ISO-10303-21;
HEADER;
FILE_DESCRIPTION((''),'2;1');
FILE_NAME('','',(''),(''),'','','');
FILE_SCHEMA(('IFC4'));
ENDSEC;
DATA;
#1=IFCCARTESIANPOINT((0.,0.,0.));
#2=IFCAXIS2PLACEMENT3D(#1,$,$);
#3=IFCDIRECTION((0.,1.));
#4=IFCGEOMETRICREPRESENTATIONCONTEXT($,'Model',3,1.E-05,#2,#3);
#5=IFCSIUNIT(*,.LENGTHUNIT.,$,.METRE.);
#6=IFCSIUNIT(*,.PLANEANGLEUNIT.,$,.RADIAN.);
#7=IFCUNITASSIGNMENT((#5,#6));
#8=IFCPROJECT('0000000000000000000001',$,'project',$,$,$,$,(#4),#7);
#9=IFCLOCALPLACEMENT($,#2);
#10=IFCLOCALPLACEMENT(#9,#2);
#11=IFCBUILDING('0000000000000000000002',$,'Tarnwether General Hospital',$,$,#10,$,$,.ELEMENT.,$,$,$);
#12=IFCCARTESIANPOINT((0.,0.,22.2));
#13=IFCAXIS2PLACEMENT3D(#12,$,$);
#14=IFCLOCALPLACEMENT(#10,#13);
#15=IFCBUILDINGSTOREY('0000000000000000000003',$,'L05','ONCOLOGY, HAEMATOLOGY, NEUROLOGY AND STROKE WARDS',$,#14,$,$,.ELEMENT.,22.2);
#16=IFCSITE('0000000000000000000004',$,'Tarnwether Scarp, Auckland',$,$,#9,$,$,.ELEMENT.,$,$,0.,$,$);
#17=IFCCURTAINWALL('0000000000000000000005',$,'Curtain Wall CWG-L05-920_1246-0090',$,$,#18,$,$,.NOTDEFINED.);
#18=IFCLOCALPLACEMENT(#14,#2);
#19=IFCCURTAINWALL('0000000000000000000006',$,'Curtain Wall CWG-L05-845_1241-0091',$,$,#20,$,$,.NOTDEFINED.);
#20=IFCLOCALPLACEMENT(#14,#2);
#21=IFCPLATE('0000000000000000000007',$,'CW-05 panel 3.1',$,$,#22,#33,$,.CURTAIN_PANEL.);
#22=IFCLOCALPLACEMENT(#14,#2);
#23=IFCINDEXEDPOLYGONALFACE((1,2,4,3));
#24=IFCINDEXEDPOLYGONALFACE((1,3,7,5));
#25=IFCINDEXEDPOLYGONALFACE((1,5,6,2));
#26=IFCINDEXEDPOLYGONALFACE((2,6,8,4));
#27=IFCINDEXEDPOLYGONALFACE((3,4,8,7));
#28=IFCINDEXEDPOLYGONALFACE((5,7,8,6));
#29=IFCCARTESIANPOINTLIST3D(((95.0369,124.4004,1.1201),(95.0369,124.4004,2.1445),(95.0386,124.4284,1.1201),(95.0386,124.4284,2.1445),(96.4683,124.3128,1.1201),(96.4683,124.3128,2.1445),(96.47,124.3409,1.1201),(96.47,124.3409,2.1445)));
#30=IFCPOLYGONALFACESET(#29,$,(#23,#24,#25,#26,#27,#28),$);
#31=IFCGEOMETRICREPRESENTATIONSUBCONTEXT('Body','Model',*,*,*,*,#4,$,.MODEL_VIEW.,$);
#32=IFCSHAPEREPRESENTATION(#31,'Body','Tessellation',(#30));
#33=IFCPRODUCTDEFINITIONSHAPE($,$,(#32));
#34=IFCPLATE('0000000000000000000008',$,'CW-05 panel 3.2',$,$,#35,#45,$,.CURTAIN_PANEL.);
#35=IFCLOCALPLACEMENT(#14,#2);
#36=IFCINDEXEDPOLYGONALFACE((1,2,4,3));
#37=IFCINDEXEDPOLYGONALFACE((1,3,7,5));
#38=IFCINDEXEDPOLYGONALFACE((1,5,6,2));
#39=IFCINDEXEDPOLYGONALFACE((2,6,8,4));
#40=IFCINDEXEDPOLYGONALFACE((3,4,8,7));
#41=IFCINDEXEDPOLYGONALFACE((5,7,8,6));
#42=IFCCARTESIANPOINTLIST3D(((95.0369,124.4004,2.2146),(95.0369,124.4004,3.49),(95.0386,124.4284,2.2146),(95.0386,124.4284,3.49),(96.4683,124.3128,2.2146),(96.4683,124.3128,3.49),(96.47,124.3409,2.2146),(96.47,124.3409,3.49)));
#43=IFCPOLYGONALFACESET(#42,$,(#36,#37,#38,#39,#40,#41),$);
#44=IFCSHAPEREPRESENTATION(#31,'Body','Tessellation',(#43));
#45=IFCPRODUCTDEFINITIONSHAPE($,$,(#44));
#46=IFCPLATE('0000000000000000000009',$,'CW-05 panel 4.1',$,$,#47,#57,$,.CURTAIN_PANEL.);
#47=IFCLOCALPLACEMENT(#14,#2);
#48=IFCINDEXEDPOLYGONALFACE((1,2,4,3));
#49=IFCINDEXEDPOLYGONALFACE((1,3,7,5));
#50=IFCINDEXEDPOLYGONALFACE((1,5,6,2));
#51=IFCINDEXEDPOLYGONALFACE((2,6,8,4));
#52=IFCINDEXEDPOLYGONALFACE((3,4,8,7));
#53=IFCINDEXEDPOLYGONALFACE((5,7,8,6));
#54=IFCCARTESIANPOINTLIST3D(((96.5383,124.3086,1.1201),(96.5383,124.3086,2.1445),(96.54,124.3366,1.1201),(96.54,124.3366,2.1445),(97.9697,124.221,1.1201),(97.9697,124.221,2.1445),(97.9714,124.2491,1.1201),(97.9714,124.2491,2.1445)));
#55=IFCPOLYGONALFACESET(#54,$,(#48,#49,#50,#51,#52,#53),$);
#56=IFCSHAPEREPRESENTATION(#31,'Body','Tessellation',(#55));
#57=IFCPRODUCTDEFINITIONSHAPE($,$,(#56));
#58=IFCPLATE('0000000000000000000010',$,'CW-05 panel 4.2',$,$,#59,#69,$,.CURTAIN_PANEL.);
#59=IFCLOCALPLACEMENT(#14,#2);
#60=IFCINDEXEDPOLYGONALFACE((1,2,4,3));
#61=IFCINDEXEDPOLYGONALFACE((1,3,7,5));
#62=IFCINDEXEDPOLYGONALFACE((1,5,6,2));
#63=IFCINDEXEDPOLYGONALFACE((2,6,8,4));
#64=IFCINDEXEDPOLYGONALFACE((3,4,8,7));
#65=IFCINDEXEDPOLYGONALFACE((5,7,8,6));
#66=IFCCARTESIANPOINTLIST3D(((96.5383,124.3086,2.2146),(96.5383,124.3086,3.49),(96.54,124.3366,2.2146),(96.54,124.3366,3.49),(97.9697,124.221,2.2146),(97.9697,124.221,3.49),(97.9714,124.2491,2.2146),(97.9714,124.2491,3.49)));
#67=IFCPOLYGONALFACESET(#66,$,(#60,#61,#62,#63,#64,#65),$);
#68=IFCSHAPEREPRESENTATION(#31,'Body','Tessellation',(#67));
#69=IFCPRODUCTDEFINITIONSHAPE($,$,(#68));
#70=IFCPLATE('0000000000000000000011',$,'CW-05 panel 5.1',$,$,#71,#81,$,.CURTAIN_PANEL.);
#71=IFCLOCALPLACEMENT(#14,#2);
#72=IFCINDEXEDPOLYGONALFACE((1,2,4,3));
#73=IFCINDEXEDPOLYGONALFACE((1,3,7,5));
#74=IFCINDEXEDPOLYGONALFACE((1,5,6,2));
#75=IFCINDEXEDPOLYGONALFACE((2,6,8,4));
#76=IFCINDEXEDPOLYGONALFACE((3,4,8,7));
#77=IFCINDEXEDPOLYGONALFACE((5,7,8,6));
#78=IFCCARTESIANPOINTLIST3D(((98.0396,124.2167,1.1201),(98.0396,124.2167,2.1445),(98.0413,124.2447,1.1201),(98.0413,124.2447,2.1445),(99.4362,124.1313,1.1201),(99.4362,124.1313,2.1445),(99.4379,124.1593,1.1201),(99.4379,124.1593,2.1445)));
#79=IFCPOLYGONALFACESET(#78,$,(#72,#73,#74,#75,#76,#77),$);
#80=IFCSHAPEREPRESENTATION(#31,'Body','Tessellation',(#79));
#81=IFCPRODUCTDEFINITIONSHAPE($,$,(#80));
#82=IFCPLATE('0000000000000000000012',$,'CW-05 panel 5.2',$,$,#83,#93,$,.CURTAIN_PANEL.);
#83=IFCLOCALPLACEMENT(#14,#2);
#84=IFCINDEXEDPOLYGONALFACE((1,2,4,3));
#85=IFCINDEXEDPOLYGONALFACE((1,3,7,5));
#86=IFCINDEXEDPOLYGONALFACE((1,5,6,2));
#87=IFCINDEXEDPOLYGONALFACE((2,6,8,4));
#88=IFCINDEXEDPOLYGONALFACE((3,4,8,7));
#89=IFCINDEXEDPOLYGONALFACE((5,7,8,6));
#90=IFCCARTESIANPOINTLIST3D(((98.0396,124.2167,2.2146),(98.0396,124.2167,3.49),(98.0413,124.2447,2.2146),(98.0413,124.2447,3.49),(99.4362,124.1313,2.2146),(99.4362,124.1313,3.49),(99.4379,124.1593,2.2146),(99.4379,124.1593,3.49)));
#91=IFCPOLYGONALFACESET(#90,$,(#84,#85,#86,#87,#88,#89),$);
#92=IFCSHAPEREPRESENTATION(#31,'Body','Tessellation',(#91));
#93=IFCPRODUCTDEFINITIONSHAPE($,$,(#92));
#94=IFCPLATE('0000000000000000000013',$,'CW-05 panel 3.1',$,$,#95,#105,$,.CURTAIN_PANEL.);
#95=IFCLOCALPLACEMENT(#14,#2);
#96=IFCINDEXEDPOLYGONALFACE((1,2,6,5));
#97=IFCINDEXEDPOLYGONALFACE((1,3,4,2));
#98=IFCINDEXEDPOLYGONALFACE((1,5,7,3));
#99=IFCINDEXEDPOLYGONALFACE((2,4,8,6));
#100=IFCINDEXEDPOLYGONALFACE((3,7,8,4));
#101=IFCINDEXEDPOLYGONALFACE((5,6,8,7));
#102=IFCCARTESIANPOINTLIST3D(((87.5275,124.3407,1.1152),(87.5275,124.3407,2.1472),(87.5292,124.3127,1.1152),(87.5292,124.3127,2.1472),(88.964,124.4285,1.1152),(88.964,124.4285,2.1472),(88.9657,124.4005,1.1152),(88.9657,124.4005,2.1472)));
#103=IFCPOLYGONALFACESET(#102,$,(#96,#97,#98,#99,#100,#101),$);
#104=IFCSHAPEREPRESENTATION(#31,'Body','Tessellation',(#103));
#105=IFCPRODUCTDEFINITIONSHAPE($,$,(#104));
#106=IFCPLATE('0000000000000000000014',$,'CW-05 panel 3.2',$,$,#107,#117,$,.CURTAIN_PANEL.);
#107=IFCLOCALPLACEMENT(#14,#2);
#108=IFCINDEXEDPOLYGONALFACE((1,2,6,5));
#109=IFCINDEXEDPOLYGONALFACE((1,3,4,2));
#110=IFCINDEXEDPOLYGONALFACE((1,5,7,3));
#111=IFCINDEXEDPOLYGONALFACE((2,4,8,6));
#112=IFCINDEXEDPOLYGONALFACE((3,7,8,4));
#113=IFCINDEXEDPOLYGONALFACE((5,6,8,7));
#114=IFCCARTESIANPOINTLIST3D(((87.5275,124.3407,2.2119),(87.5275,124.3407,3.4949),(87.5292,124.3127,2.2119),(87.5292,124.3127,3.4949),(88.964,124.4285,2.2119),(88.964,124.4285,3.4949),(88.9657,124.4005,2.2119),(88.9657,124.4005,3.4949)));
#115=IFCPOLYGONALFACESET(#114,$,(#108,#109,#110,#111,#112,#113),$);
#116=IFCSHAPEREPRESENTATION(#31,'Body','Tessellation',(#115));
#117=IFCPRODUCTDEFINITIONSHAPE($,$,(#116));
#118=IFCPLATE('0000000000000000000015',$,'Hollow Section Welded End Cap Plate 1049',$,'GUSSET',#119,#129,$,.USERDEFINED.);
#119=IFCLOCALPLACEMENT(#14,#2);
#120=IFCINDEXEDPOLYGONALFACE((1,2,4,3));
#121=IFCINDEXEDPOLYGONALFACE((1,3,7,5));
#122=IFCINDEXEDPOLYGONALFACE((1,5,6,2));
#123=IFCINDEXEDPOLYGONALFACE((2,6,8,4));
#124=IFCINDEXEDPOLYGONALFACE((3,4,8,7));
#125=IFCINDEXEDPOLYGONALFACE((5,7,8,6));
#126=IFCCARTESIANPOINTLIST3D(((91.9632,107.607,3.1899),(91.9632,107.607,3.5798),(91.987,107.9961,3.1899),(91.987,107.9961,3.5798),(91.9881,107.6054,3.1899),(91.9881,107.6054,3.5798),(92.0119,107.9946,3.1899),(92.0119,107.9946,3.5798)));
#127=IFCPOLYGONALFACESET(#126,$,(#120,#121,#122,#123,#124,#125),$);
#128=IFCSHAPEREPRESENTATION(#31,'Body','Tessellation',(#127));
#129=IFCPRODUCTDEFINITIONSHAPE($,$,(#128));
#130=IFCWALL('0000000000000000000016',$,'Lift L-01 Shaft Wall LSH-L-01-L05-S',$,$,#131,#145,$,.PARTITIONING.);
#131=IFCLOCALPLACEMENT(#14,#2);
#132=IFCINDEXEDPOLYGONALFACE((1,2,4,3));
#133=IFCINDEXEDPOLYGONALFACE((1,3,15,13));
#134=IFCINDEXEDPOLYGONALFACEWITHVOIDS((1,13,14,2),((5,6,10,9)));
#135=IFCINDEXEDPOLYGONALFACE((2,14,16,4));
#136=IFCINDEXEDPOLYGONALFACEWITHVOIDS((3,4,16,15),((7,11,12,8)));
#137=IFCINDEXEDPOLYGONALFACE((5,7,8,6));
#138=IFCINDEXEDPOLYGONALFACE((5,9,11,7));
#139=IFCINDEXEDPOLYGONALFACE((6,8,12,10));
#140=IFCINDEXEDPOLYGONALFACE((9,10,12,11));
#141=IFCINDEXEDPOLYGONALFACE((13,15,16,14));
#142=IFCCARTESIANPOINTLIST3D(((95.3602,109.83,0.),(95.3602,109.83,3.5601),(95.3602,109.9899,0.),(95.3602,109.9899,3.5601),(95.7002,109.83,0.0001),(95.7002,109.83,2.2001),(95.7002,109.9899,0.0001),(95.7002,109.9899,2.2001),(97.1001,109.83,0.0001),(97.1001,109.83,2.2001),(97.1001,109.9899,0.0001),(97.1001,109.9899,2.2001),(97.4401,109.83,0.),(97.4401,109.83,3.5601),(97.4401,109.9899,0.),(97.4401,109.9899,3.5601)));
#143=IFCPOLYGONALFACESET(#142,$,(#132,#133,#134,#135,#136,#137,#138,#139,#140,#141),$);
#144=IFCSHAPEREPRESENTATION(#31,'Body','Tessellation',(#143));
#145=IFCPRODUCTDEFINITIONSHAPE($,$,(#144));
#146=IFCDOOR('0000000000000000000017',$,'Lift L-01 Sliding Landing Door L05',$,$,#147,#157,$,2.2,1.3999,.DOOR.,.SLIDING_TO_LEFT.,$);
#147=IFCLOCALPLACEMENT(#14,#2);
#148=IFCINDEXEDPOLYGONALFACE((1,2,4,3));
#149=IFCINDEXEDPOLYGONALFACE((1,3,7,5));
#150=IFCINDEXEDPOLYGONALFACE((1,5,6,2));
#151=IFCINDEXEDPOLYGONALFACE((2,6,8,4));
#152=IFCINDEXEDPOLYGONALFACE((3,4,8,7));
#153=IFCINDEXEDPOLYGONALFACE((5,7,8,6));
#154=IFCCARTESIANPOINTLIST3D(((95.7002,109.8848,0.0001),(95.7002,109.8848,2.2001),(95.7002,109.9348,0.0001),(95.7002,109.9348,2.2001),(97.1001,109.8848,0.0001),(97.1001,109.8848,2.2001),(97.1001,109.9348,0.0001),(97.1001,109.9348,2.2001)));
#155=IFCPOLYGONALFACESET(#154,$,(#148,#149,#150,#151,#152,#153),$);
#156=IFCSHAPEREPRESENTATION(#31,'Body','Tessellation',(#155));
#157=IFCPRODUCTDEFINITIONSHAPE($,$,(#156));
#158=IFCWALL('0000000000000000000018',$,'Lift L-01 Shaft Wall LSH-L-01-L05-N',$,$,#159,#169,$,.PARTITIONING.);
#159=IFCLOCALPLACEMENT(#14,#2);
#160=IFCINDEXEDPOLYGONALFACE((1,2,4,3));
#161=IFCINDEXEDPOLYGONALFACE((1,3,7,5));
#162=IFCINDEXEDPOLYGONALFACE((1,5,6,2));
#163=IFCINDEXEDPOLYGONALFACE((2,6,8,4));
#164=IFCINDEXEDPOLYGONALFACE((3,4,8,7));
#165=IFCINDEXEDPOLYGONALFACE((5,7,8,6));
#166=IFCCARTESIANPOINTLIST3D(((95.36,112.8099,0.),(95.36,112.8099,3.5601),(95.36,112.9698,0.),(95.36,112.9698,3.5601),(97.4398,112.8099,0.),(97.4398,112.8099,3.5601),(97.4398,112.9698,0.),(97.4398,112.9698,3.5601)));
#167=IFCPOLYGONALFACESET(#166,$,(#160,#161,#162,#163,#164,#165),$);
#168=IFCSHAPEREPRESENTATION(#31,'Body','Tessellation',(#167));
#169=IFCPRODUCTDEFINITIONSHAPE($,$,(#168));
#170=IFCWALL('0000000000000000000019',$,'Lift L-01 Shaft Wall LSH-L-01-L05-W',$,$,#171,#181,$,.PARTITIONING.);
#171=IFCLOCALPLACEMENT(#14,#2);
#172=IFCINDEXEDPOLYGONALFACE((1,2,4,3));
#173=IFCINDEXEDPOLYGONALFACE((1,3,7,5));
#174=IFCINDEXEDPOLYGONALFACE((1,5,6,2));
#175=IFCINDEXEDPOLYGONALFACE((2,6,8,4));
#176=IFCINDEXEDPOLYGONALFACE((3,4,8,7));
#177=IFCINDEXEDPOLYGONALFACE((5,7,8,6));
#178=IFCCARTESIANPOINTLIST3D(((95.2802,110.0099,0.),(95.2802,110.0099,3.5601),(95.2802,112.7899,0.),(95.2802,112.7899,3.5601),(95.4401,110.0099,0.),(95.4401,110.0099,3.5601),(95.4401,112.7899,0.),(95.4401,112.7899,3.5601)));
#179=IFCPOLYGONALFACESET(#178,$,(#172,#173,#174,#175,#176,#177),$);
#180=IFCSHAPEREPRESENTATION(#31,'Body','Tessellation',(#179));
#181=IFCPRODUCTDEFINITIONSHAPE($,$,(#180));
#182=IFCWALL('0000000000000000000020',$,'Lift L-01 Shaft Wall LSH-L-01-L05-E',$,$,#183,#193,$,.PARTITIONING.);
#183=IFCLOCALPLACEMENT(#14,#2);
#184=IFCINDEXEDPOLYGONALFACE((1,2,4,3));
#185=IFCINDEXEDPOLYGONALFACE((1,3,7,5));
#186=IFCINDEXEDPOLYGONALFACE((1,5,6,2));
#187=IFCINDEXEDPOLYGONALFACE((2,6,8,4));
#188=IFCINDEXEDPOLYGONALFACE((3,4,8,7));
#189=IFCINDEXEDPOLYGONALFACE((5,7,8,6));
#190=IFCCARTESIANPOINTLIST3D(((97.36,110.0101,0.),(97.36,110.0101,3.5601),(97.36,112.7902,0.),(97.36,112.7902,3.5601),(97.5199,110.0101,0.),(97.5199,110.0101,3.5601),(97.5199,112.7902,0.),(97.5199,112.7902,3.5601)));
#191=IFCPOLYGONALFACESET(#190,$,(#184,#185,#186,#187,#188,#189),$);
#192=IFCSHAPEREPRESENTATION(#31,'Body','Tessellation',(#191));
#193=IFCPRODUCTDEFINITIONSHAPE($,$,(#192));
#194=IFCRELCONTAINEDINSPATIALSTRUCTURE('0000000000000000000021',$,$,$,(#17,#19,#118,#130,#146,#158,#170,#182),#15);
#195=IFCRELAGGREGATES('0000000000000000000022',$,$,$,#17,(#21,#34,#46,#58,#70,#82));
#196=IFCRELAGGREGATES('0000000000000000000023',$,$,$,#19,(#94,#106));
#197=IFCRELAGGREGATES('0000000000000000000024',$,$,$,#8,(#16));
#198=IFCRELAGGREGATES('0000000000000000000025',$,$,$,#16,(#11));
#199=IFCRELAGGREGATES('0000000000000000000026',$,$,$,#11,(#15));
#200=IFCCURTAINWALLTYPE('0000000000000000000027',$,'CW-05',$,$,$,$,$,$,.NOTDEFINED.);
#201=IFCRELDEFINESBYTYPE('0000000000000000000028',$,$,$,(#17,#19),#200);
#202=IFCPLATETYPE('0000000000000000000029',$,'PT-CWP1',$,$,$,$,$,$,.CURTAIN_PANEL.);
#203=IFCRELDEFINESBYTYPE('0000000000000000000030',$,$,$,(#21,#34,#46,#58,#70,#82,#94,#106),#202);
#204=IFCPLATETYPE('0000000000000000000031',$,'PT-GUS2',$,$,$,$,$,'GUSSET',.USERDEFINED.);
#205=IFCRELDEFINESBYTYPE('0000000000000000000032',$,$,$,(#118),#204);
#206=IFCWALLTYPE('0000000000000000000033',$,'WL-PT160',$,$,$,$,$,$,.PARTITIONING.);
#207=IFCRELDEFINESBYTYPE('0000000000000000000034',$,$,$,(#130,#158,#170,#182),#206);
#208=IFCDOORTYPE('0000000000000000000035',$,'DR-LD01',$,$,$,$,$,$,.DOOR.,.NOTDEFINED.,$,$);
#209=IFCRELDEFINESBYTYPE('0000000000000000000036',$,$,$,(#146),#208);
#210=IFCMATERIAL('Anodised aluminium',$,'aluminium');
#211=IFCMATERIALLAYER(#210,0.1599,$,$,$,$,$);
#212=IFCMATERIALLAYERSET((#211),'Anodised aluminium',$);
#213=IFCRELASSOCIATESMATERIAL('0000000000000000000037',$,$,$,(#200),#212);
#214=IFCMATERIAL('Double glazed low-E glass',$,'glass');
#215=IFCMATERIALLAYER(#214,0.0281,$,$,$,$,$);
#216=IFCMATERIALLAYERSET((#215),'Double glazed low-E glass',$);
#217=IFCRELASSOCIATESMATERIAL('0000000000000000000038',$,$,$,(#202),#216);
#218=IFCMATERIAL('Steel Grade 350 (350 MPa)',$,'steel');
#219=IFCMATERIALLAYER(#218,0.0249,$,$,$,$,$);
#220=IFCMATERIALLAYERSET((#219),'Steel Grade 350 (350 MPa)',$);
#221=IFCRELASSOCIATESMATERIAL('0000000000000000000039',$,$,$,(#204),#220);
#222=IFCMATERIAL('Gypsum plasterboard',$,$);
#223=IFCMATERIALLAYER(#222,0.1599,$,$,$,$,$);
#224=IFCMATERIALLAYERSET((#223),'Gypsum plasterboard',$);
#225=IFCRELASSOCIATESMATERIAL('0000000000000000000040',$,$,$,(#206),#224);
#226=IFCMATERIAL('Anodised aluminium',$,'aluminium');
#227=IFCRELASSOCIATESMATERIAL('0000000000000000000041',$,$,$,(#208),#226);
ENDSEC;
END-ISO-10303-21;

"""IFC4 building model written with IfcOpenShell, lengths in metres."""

from ifc_helpers import new_model, si_unit, direction, frame, frame_2d, origin, origin_2d, place, context, subcontext, project, spatial, rectangle, extrude, material, layer, layer_set, type_object, element, fill, aggregate, save


model = new_model("IFC4")

# Units and contexts
model_context = context("Model", 3, precision=1e-05, world=origin(), true_north=direction((0.0, 1.0)))
body_context = subcontext(model_context, "Body", "Model", "MODEL_VIEW")
ifc_project = project(units=[si_unit("LENGTHUNIT", "METRE"), si_unit("PLANEANGLEUNIT", "RADIAN")], contexts=[model_context])

# Site, building, storey
site_placement = place(None, origin())
site = spatial("IfcSite", under=ifc_project, at=site_placement, Name="Tarnwether Scarp, Auckland", CompositionType="ELEMENT", RefElevation=0.0)
building_placement = place(site_placement, origin())
building = spatial("IfcBuilding", under=site, at=building_placement, Name="Tarnwether General Hospital", CompositionType="ELEMENT")
storey_placement = place(building_placement, frame((0.0, 0.0, 22.2)))
storey = spatial("IfcBuildingStorey", under=building, at=storey_placement, Name="L05", Description="ONCOLOGY, HAEMATOLOGY, NEUROLOGY AND STROKE WARDS", CompositionType="ELEMENT", Elevation=22.2)

# Curtain walls
ifc_material_1 = material(Name="Anodised aluminium", Category="aluminium")
ifc_layer_1 = layer(ifc_material_1, 0.1599)
ifc_layer_set_1 = layer_set([ifc_layer_1], Name="Anodised aluminium")
curtain_wall_type = type_object("IfcCurtainWallType", Name="CW-05", PredefinedType="NOTDEFINED", material=ifc_layer_set_1)
curtain_wall_1_placement = place(storey_placement, origin())
curtain_wall_1 = element("IfcCurtainWall", 1, at=curtain_wall_1_placement, inside=storey, type_object=curtain_wall_type, Name="Curtain Wall CWG-L05-920_1246-0090", PredefinedType="NOTDEFINED")
curtain_wall_2_placement = place(storey_placement, origin())
curtain_wall_2 = element("IfcCurtainWall", 2, at=curtain_wall_2_placement, inside=storey, type_object=curtain_wall_type, Name="Curtain Wall CWG-L05-845_1241-0091", PredefinedType="NOTDEFINED")

# Plates
ifc_material_2 = material(Name="Double glazed low-E glass", Category="glass")
ifc_layer_2 = layer(ifc_material_2, 0.0281)
ifc_layer_set_2 = layer_set([ifc_layer_2], Name="Double glazed low-E glass")
plate_type_1 = type_object("IfcPlateType", Name="PT-CWP1", PredefinedType="CURTAIN_PANEL", material=ifc_layer_set_2)
plate_1_placement = place(storey_placement, frame((95.7534, 124.3706, 1.1201), z_axis=(0.0, 0.0, 1.0), x_axis=(0.998136, -0.061029, 0.0)))
plate_1 = element("IfcPlate", 3, at=plate_1_placement, type_object=plate_type_1, Name="CW-05 panel 3.1", PredefinedType="CURTAIN_PANEL", context=body_context, shape_type="SweptSolid", body=[
    extrude(rectangle(XDim=1.4341, YDim=0.0281, at=origin_2d()), origin(), (0.0, 0.0, 1.0), 1.0244),
])
plate_2_placement = place(storey_placement, frame((95.7534, 124.3706, 2.2146), z_axis=(0.0, 0.0, 1.0), x_axis=(0.998136, -0.061029, 0.0)))
plate_2 = element("IfcPlate", 4, at=plate_2_placement, type_object=plate_type_1, Name="CW-05 panel 3.2", PredefinedType="CURTAIN_PANEL", context=body_context, shape_type="SweptSolid", body=[
    extrude(rectangle(XDim=1.4341, YDim=0.0281, at=origin_2d()), origin(), (0.0, 0.0, 1.0), 1.2754),
])
plate_3_placement = place(storey_placement, frame((97.2549, 124.2788, 1.1201), z_axis=(0.0, 0.0, 1.0), x_axis=(0.998136, -0.061029, 0.0)))
plate_3 = element("IfcPlate", 5, at=plate_3_placement, type_object=plate_type_1, Name="CW-05 panel 4.1", PredefinedType="CURTAIN_PANEL", context=body_context, shape_type="SweptSolid", body=[
    extrude(rectangle(XDim=1.4341, YDim=0.0281, at=origin_2d()), origin(), (0.0, 0.0, 1.0), 1.0244),
])
plate_4_placement = place(storey_placement, frame((97.2549, 124.2788, 2.2146), z_axis=(0.0, 0.0, 1.0), x_axis=(0.998136, -0.061029, 0.0)))
plate_4 = element("IfcPlate", 6, at=plate_4_placement, type_object=plate_type_1, Name="CW-05 panel 4.2", PredefinedType="CURTAIN_PANEL", context=body_context, shape_type="SweptSolid", body=[
    extrude(rectangle(XDim=1.4341, YDim=0.0281, at=origin_2d()), origin(), (0.0, 0.0, 1.0), 1.2754),
])
plate_5_placement = place(storey_placement, frame((98.7388, 124.188, 1.1201), z_axis=(0.0, 0.0, 1.0), x_axis=(0.998136, -0.061029, 0.0)))
plate_5 = element("IfcPlate", 7, at=plate_5_placement, type_object=plate_type_1, Name="CW-05 panel 5.1", PredefinedType="CURTAIN_PANEL", context=body_context, shape_type="SweptSolid", body=[
    extrude(rectangle(XDim=1.3992, YDim=0.0281, at=origin_2d()), origin(), (0.0, 0.0, 1.0), 1.0244),
])
plate_6_placement = place(storey_placement, frame((98.7388, 124.188, 2.2146), z_axis=(0.0, 0.0, 1.0), x_axis=(0.998136, -0.061029, 0.0)))
plate_6 = element("IfcPlate", 8, at=plate_6_placement, type_object=plate_type_1, Name="CW-05 panel 5.2", PredefinedType="CURTAIN_PANEL", context=body_context, shape_type="SweptSolid", body=[
    extrude(rectangle(XDim=1.3992, YDim=0.0281, at=origin_2d()), origin(), (0.0, 0.0, 1.0), 1.2754),
])
aggregate(curtain_wall_1, [plate_1, plate_2, plate_3, plate_4, plate_5, plate_6])
plate_7_placement = place(storey_placement, frame((88.2466, 124.3706, 1.1152), z_axis=(0.0, 0.0, 1.0), x_axis=(0.998136, 0.061029, 0.0)))
plate_7 = element("IfcPlate", 9, at=plate_7_placement, type_object=plate_type_1, Name="CW-05 panel 3.1", PredefinedType="CURTAIN_PANEL", context=body_context, shape_type="SweptSolid", body=[
    extrude(rectangle(XDim=1.4392, YDim=0.0281, at=origin_2d()), origin(), (0.0, 0.0, 1.0), 1.032),
])
plate_8_placement = place(storey_placement, frame((88.2466, 124.3706, 2.2119), z_axis=(0.0, 0.0, 1.0), x_axis=(0.998136, 0.061029, 0.0)))
plate_8 = element("IfcPlate", 10, at=plate_8_placement, type_object=plate_type_1, Name="CW-05 panel 3.2", PredefinedType="CURTAIN_PANEL", context=body_context, shape_type="SweptSolid", body=[
    extrude(rectangle(XDim=1.4392, YDim=0.0281, at=origin_2d()), origin(), (0.0, 0.0, 1.0), 1.283),
])
aggregate(curtain_wall_2, [plate_7, plate_8])
ifc_material_3 = material(Name="Steel Grade 350 (350 MPa)", Category="steel")
ifc_layer_3 = layer(ifc_material_3, 0.0249)
ifc_layer_set_3 = layer_set([ifc_layer_3], Name="Steel Grade 350 (350 MPa)")
plate_type_2 = type_object("IfcPlateType", Name="PT-GUS2", ElementType="GUSSET", PredefinedType="USERDEFINED", material=ifc_layer_set_3)
plate_9_placement = place(storey_placement, frame((91.9875, 107.8008, 3.1899), z_axis=(0.0, 0.0, 1.0), x_axis=(0.998134, -0.061066, 0.0)))
element("IfcPlate", 11, at=plate_9_placement, inside=storey, type_object=plate_type_2, Name="Hollow Section Welded End Cap Plate 1049", ObjectType="GUSSET", PredefinedType="USERDEFINED", context=body_context, shape_type="SweptSolid", body=[
    extrude(rectangle(XDim=0.0249, YDim=0.3899, at=origin_2d()), origin(), (0.0, 0.0, 1.0), 0.3899),
])

# Wall, opening, door
ifc_material_4 = material(Name="Gypsum plasterboard")
ifc_layer_4 = layer(ifc_material_4, 0.1599)
ifc_layer_set_4 = layer_set([ifc_layer_4], Name="Gypsum plasterboard")
wall_type_1 = type_object("IfcWallType", Name="WL-PT160", PredefinedType="PARTITIONING", material=ifc_layer_set_4)
wall_1_placement = place(storey_placement, frame((95.3601, 109.9099, 0.0), z_axis=(0.0, 0.0, 1.0), x_axis=(1.0, 0.0, 0.0)))
wall_1 = element("IfcWall", 12, at=wall_1_placement, inside=storey, type_object=wall_type_1, Name="Lift L-01 Shaft Wall LSH-L-01-L05-S", PredefinedType="PARTITIONING", context=body_context, shape_type="SweptSolid", body=[
    extrude(rectangle(XDim=2.0798, YDim=0.1599, at=frame_2d((1.04, 0.0))), origin(), (0.0, 0.0, 1.0), 3.5601),
])
opening_placement = place(wall_1_placement, frame((0.3401, 0.0, 0.0)))
opening = element("IfcOpeningElement", 13, at=opening_placement, cuts=wall_1, PredefinedType="OPENING", context=body_context, shape_type="SweptSolid", body=[
    extrude(rectangle(XDim=1.3999, YDim=2.2, at=frame_2d((0.7, 1.1001))), frame((0.0, 0.0898, 0.0), z_axis=(0.0, -1.0, 0.0), x_axis=(1.0, 0.0, 0.0)), (0.0, 0.0, 1.0), 0.1799),
])
ifc_material_5 = material(Name="Anodised aluminium", Category="aluminium")
door_type = type_object("IfcDoorType", Name="DR-LD01", OperationType="NOTDEFINED", PredefinedType="DOOR", material=ifc_material_5)
door_placement = place(opening_placement, origin())
door = element("IfcDoor", 14, at=door_placement, inside=storey, type_object=door_type, Name="Lift L-01 Sliding Landing Door L05", OperationType="SLIDING_TO_LEFT", OverallHeight=2.2, OverallWidth=1.3999, PredefinedType="DOOR", context=body_context, shape_type="SweptSolid", body=[
    extrude(rectangle(XDim=1.3999, YDim=2.2, at=frame_2d((0.7, 1.1001))), frame((0.0, 0.0249, 0.0), z_axis=(0.0, -1.0, 0.0), x_axis=(1.0, 0.0, 0.0)), (0.0, 0.0, 1.0), 0.05),
])
fill(opening, door)

# Walls
wall_2_placement = place(storey_placement, frame((97.4399, 112.8899, 0.0), z_axis=(0.0, 0.0, 1.0), x_axis=(-1.0, 0.0, 0.0)))
element("IfcWall", 15, at=wall_2_placement, inside=storey, type_object=wall_type_1, Name="Lift L-01 Shaft Wall LSH-L-01-L05-N", PredefinedType="PARTITIONING", context=body_context, shape_type="SweptSolid", body=[
    extrude(rectangle(XDim=2.0798, YDim=0.1599, at=frame_2d((1.04, 0.0))), origin(), (0.0, 0.0, 1.0), 3.5601),
])
for number, where, z_axis, x_axis, name in (
    (16, (95.3601, 112.79, 0.0), (0.0, 0.0, 1.0), (0.0, -1.0, 0.0), "Lift L-01 Shaft Wall LSH-L-01-L05-W"),
    (17, (97.4399, 110.01, 0.0), (0.0, 0.0, 1.0), (0.0, 1.0, 0.0), "Lift L-01 Shaft Wall LSH-L-01-L05-E"),
):
    element("IfcWall", number, at=place(storey_placement, frame(where, z_axis=z_axis, x_axis=x_axis)), inside=storey, type_object=wall_type_1, Name=name, PredefinedType="PARTITIONING", context=body_context, shape_type="SweptSolid", body=[
        extrude(rectangle(XDim=2.78, YDim=0.1599, at=frame_2d((1.3901, 0.0))), origin(), (0.0, 0.0, 1.0), 3.5601),
    ])

save(model, "model.ifc")
